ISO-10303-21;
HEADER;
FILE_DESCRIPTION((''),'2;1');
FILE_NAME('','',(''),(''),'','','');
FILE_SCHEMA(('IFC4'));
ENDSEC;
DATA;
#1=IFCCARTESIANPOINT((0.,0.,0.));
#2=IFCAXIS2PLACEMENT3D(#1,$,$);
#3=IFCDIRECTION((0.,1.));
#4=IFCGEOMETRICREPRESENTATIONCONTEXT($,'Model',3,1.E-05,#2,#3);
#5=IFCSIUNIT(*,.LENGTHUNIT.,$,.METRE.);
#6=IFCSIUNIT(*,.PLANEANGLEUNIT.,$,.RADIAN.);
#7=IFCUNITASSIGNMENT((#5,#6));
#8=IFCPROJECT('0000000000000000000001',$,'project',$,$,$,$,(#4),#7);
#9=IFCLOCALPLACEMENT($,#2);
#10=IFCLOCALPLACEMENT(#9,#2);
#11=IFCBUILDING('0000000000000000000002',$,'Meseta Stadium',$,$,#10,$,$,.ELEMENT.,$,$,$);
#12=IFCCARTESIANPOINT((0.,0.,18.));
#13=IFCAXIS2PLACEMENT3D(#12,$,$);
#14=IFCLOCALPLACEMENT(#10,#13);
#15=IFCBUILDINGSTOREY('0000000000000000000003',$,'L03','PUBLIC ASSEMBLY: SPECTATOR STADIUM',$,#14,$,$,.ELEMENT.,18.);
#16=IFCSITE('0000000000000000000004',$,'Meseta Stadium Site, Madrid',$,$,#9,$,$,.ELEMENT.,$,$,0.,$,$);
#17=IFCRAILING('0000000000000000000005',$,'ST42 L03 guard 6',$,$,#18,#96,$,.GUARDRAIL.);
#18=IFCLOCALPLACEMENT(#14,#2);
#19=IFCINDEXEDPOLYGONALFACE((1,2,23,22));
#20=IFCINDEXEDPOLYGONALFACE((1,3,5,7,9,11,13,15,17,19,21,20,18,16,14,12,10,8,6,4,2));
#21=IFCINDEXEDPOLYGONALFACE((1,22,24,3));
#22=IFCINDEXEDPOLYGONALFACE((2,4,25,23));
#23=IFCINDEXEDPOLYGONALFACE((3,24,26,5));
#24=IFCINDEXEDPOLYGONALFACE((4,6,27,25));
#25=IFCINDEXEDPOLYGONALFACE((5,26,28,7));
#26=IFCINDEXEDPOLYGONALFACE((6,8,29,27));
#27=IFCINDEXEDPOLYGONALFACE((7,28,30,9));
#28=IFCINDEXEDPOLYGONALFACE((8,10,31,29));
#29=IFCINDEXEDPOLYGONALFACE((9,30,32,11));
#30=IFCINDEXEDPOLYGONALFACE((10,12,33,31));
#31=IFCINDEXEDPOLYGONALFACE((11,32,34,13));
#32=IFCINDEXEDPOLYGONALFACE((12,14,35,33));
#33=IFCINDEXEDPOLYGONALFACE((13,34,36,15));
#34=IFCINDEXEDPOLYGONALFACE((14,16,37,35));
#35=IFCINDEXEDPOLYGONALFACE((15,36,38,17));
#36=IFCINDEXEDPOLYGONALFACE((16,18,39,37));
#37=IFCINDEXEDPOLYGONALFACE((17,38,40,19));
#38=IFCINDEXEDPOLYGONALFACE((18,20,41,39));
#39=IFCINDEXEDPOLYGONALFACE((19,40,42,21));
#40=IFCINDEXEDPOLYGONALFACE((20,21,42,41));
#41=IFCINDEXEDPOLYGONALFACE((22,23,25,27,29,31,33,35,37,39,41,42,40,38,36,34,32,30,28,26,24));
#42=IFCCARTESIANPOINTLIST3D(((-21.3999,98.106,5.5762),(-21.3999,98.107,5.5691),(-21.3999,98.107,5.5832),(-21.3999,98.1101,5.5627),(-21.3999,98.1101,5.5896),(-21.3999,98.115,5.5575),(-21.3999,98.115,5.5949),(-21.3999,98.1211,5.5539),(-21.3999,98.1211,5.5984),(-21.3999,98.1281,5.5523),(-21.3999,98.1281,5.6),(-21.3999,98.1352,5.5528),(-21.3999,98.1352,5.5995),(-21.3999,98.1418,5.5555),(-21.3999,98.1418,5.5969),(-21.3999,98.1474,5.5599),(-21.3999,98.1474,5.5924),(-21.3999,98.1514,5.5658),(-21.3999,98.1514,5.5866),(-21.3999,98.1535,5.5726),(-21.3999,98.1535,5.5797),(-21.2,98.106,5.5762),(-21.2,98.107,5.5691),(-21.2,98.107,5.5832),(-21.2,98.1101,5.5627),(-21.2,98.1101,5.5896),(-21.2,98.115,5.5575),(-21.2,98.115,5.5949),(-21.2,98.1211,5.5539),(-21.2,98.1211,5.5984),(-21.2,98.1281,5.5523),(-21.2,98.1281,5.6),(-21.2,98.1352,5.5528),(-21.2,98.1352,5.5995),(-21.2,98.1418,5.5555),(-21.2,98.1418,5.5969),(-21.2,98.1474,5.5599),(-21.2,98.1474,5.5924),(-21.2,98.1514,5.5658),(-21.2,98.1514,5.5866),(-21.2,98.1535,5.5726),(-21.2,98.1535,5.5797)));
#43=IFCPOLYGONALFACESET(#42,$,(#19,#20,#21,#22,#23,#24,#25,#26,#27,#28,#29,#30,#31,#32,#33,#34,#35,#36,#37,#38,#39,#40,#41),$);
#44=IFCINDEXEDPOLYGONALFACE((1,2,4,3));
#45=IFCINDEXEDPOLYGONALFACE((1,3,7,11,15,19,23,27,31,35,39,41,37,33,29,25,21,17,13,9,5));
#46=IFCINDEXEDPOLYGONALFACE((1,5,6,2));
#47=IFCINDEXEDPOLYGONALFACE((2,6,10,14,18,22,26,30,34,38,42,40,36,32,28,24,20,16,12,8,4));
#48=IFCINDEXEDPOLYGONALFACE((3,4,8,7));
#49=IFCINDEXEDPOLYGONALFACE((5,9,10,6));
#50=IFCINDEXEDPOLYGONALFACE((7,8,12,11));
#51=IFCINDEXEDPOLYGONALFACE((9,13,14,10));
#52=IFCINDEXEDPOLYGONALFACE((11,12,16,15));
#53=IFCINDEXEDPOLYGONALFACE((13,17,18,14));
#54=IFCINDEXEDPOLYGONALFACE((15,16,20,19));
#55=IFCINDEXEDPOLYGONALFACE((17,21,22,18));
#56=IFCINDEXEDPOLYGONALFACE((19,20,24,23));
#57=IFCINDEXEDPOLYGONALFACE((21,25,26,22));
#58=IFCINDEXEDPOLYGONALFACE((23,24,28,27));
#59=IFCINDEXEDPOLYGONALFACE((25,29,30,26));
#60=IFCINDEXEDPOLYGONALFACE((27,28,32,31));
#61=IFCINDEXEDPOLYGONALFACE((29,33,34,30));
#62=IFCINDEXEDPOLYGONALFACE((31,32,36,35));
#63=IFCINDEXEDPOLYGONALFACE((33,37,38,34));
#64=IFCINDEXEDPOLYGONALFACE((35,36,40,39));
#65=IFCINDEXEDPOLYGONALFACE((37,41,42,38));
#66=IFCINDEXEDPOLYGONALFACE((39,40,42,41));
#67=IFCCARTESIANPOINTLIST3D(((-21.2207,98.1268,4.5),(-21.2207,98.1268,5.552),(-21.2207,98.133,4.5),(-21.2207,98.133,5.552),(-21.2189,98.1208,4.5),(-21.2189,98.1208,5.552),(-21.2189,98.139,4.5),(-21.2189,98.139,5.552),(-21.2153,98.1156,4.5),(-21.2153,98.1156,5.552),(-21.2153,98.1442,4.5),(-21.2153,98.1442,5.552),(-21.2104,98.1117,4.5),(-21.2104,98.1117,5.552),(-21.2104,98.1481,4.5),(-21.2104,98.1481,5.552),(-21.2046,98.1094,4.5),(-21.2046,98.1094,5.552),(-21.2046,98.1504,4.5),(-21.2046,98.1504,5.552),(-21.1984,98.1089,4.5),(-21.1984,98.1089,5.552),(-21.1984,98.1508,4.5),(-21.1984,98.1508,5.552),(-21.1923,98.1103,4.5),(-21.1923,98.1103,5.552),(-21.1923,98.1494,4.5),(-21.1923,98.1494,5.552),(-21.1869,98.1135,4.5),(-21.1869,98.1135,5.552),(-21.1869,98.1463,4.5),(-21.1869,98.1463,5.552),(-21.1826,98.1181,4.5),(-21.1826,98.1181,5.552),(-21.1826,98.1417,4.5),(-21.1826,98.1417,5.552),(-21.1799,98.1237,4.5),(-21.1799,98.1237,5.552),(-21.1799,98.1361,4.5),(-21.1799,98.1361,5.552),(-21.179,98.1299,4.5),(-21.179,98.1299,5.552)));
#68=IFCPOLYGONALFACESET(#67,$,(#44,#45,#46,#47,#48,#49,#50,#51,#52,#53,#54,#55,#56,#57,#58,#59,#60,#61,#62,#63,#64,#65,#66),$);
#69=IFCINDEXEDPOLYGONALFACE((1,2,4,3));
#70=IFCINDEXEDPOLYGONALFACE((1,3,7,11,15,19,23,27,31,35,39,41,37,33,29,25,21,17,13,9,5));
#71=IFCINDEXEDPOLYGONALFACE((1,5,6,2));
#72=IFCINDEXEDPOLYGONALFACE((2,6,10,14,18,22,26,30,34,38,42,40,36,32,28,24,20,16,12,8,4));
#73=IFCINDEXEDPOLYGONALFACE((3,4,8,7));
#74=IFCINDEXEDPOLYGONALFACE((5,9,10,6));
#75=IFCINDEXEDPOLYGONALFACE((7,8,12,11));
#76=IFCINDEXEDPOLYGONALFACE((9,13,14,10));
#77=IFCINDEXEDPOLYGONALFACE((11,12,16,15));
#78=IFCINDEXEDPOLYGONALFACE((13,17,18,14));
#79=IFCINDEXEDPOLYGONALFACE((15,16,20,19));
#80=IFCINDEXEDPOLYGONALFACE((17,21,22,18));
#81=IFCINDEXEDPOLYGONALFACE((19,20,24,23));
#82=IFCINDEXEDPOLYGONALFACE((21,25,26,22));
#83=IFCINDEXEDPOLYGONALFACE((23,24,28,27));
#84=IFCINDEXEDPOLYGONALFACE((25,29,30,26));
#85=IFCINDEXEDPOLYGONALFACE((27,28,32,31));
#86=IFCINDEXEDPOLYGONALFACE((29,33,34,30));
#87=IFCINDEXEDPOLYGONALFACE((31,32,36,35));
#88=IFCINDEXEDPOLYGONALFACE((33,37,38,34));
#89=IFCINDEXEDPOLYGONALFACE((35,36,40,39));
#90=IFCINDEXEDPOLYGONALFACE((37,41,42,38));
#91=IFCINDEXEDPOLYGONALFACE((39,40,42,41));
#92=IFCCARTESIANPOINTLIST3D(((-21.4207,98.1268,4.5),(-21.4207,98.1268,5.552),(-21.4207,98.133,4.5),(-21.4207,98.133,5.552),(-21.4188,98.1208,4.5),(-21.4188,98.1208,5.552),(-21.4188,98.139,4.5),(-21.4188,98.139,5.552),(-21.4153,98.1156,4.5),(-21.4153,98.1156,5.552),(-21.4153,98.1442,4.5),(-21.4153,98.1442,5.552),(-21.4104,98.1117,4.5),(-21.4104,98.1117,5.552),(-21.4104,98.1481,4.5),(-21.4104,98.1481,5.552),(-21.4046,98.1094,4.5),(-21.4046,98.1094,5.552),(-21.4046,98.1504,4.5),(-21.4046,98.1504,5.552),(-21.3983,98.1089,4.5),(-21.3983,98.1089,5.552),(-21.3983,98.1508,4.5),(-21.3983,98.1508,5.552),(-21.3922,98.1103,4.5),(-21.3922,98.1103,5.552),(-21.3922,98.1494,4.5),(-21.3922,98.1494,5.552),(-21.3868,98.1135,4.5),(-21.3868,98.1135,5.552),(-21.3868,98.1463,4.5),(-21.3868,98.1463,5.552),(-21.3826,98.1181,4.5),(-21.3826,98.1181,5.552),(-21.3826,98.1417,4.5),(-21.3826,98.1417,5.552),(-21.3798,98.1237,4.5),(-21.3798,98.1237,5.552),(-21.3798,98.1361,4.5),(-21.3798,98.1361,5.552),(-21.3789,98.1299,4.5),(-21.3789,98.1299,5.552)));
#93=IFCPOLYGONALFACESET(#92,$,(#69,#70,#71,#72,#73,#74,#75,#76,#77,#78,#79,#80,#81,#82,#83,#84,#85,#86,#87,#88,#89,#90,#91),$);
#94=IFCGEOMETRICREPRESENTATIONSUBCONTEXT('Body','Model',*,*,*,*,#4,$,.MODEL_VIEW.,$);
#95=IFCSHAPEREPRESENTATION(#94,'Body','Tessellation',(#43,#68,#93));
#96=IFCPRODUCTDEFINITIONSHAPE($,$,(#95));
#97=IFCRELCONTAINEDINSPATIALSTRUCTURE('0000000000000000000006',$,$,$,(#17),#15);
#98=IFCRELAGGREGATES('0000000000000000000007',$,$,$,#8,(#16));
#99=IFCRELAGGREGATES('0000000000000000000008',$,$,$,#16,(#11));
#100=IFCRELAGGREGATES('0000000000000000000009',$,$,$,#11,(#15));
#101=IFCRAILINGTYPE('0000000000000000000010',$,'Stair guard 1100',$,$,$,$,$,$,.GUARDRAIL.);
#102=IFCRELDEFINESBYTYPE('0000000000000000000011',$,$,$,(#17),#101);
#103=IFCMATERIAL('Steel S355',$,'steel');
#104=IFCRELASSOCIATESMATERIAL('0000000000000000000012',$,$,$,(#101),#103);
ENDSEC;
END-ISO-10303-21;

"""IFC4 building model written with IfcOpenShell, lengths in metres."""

from ifc_helpers import new_model, si_unit, direction, frame, origin, origin_2d, place, context, subcontext, project, spatial, circle, extrude, material, type_object, element, save


model = new_model("IFC4")

# Units and contexts
model_context = context("Model", 3, precision=1e-05, world=origin(), true_north=direction((0.0, 1.0)))
body_context = subcontext(model_context, "Body", "Model", "MODEL_VIEW")
ifc_project = project(units=[si_unit("LENGTHUNIT", "METRE"), si_unit("PLANEANGLEUNIT", "RADIAN")], contexts=[model_context])

# Site, building, storey
site_placement = place(None, origin())
site = spatial("IfcSite", under=ifc_project, at=site_placement, Name="Meseta Stadium Site, Madrid", CompositionType="ELEMENT", RefElevation=0.0)
building_placement = place(site_placement, origin())
building = spatial("IfcBuilding", under=site, at=building_placement, Name="Meseta Stadium", CompositionType="ELEMENT")
storey_placement = place(building_placement, frame((0.0, 0.0, 18.0)))
storey = spatial("IfcBuildingStorey", under=building, at=storey_placement, Name="L03", Description="PUBLIC ASSEMBLY: SPECTATOR STADIUM", CompositionType="ELEMENT", Elevation=18.0)

# Railing
ifc_material_1 = material(Name="Steel S355", Category="steel")
railing_type_1 = type_object("IfcRailingType", Name="Stair guard 1100", PredefinedType="GUARDRAIL", material=ifc_material_1)
railing_1_placement = place(storey_placement, frame((-21.2, 98.1299, 4.5)))
element("IfcRailing", 1, at=railing_1_placement, inside=storey, type_object=railing_type_1, Name="ST42 L03 guard 6", PredefinedType="GUARDRAIL", context=body_context, shape_type="SweptSolid", body=[
    extrude(circle(Radius=0.0239, at=origin_2d()), frame((0.0, 0.0, 1.0762), z_axis=(-1.0, 0.0, 0.0), x_axis=(0.0, -1.0, 0.0)), (0.0, 0.0, 1.0), 0.2),
    extrude(circle(Radius=0.021, at=origin_2d()), origin(), (0.0, 0.0, 1.0), 1.052),
    extrude(circle(Radius=0.021, at=origin_2d()), frame((-0.2, 0.0, 0.0)), (0.0, 0.0, 1.0), 1.052),
])

save(model, "model.ifc")
